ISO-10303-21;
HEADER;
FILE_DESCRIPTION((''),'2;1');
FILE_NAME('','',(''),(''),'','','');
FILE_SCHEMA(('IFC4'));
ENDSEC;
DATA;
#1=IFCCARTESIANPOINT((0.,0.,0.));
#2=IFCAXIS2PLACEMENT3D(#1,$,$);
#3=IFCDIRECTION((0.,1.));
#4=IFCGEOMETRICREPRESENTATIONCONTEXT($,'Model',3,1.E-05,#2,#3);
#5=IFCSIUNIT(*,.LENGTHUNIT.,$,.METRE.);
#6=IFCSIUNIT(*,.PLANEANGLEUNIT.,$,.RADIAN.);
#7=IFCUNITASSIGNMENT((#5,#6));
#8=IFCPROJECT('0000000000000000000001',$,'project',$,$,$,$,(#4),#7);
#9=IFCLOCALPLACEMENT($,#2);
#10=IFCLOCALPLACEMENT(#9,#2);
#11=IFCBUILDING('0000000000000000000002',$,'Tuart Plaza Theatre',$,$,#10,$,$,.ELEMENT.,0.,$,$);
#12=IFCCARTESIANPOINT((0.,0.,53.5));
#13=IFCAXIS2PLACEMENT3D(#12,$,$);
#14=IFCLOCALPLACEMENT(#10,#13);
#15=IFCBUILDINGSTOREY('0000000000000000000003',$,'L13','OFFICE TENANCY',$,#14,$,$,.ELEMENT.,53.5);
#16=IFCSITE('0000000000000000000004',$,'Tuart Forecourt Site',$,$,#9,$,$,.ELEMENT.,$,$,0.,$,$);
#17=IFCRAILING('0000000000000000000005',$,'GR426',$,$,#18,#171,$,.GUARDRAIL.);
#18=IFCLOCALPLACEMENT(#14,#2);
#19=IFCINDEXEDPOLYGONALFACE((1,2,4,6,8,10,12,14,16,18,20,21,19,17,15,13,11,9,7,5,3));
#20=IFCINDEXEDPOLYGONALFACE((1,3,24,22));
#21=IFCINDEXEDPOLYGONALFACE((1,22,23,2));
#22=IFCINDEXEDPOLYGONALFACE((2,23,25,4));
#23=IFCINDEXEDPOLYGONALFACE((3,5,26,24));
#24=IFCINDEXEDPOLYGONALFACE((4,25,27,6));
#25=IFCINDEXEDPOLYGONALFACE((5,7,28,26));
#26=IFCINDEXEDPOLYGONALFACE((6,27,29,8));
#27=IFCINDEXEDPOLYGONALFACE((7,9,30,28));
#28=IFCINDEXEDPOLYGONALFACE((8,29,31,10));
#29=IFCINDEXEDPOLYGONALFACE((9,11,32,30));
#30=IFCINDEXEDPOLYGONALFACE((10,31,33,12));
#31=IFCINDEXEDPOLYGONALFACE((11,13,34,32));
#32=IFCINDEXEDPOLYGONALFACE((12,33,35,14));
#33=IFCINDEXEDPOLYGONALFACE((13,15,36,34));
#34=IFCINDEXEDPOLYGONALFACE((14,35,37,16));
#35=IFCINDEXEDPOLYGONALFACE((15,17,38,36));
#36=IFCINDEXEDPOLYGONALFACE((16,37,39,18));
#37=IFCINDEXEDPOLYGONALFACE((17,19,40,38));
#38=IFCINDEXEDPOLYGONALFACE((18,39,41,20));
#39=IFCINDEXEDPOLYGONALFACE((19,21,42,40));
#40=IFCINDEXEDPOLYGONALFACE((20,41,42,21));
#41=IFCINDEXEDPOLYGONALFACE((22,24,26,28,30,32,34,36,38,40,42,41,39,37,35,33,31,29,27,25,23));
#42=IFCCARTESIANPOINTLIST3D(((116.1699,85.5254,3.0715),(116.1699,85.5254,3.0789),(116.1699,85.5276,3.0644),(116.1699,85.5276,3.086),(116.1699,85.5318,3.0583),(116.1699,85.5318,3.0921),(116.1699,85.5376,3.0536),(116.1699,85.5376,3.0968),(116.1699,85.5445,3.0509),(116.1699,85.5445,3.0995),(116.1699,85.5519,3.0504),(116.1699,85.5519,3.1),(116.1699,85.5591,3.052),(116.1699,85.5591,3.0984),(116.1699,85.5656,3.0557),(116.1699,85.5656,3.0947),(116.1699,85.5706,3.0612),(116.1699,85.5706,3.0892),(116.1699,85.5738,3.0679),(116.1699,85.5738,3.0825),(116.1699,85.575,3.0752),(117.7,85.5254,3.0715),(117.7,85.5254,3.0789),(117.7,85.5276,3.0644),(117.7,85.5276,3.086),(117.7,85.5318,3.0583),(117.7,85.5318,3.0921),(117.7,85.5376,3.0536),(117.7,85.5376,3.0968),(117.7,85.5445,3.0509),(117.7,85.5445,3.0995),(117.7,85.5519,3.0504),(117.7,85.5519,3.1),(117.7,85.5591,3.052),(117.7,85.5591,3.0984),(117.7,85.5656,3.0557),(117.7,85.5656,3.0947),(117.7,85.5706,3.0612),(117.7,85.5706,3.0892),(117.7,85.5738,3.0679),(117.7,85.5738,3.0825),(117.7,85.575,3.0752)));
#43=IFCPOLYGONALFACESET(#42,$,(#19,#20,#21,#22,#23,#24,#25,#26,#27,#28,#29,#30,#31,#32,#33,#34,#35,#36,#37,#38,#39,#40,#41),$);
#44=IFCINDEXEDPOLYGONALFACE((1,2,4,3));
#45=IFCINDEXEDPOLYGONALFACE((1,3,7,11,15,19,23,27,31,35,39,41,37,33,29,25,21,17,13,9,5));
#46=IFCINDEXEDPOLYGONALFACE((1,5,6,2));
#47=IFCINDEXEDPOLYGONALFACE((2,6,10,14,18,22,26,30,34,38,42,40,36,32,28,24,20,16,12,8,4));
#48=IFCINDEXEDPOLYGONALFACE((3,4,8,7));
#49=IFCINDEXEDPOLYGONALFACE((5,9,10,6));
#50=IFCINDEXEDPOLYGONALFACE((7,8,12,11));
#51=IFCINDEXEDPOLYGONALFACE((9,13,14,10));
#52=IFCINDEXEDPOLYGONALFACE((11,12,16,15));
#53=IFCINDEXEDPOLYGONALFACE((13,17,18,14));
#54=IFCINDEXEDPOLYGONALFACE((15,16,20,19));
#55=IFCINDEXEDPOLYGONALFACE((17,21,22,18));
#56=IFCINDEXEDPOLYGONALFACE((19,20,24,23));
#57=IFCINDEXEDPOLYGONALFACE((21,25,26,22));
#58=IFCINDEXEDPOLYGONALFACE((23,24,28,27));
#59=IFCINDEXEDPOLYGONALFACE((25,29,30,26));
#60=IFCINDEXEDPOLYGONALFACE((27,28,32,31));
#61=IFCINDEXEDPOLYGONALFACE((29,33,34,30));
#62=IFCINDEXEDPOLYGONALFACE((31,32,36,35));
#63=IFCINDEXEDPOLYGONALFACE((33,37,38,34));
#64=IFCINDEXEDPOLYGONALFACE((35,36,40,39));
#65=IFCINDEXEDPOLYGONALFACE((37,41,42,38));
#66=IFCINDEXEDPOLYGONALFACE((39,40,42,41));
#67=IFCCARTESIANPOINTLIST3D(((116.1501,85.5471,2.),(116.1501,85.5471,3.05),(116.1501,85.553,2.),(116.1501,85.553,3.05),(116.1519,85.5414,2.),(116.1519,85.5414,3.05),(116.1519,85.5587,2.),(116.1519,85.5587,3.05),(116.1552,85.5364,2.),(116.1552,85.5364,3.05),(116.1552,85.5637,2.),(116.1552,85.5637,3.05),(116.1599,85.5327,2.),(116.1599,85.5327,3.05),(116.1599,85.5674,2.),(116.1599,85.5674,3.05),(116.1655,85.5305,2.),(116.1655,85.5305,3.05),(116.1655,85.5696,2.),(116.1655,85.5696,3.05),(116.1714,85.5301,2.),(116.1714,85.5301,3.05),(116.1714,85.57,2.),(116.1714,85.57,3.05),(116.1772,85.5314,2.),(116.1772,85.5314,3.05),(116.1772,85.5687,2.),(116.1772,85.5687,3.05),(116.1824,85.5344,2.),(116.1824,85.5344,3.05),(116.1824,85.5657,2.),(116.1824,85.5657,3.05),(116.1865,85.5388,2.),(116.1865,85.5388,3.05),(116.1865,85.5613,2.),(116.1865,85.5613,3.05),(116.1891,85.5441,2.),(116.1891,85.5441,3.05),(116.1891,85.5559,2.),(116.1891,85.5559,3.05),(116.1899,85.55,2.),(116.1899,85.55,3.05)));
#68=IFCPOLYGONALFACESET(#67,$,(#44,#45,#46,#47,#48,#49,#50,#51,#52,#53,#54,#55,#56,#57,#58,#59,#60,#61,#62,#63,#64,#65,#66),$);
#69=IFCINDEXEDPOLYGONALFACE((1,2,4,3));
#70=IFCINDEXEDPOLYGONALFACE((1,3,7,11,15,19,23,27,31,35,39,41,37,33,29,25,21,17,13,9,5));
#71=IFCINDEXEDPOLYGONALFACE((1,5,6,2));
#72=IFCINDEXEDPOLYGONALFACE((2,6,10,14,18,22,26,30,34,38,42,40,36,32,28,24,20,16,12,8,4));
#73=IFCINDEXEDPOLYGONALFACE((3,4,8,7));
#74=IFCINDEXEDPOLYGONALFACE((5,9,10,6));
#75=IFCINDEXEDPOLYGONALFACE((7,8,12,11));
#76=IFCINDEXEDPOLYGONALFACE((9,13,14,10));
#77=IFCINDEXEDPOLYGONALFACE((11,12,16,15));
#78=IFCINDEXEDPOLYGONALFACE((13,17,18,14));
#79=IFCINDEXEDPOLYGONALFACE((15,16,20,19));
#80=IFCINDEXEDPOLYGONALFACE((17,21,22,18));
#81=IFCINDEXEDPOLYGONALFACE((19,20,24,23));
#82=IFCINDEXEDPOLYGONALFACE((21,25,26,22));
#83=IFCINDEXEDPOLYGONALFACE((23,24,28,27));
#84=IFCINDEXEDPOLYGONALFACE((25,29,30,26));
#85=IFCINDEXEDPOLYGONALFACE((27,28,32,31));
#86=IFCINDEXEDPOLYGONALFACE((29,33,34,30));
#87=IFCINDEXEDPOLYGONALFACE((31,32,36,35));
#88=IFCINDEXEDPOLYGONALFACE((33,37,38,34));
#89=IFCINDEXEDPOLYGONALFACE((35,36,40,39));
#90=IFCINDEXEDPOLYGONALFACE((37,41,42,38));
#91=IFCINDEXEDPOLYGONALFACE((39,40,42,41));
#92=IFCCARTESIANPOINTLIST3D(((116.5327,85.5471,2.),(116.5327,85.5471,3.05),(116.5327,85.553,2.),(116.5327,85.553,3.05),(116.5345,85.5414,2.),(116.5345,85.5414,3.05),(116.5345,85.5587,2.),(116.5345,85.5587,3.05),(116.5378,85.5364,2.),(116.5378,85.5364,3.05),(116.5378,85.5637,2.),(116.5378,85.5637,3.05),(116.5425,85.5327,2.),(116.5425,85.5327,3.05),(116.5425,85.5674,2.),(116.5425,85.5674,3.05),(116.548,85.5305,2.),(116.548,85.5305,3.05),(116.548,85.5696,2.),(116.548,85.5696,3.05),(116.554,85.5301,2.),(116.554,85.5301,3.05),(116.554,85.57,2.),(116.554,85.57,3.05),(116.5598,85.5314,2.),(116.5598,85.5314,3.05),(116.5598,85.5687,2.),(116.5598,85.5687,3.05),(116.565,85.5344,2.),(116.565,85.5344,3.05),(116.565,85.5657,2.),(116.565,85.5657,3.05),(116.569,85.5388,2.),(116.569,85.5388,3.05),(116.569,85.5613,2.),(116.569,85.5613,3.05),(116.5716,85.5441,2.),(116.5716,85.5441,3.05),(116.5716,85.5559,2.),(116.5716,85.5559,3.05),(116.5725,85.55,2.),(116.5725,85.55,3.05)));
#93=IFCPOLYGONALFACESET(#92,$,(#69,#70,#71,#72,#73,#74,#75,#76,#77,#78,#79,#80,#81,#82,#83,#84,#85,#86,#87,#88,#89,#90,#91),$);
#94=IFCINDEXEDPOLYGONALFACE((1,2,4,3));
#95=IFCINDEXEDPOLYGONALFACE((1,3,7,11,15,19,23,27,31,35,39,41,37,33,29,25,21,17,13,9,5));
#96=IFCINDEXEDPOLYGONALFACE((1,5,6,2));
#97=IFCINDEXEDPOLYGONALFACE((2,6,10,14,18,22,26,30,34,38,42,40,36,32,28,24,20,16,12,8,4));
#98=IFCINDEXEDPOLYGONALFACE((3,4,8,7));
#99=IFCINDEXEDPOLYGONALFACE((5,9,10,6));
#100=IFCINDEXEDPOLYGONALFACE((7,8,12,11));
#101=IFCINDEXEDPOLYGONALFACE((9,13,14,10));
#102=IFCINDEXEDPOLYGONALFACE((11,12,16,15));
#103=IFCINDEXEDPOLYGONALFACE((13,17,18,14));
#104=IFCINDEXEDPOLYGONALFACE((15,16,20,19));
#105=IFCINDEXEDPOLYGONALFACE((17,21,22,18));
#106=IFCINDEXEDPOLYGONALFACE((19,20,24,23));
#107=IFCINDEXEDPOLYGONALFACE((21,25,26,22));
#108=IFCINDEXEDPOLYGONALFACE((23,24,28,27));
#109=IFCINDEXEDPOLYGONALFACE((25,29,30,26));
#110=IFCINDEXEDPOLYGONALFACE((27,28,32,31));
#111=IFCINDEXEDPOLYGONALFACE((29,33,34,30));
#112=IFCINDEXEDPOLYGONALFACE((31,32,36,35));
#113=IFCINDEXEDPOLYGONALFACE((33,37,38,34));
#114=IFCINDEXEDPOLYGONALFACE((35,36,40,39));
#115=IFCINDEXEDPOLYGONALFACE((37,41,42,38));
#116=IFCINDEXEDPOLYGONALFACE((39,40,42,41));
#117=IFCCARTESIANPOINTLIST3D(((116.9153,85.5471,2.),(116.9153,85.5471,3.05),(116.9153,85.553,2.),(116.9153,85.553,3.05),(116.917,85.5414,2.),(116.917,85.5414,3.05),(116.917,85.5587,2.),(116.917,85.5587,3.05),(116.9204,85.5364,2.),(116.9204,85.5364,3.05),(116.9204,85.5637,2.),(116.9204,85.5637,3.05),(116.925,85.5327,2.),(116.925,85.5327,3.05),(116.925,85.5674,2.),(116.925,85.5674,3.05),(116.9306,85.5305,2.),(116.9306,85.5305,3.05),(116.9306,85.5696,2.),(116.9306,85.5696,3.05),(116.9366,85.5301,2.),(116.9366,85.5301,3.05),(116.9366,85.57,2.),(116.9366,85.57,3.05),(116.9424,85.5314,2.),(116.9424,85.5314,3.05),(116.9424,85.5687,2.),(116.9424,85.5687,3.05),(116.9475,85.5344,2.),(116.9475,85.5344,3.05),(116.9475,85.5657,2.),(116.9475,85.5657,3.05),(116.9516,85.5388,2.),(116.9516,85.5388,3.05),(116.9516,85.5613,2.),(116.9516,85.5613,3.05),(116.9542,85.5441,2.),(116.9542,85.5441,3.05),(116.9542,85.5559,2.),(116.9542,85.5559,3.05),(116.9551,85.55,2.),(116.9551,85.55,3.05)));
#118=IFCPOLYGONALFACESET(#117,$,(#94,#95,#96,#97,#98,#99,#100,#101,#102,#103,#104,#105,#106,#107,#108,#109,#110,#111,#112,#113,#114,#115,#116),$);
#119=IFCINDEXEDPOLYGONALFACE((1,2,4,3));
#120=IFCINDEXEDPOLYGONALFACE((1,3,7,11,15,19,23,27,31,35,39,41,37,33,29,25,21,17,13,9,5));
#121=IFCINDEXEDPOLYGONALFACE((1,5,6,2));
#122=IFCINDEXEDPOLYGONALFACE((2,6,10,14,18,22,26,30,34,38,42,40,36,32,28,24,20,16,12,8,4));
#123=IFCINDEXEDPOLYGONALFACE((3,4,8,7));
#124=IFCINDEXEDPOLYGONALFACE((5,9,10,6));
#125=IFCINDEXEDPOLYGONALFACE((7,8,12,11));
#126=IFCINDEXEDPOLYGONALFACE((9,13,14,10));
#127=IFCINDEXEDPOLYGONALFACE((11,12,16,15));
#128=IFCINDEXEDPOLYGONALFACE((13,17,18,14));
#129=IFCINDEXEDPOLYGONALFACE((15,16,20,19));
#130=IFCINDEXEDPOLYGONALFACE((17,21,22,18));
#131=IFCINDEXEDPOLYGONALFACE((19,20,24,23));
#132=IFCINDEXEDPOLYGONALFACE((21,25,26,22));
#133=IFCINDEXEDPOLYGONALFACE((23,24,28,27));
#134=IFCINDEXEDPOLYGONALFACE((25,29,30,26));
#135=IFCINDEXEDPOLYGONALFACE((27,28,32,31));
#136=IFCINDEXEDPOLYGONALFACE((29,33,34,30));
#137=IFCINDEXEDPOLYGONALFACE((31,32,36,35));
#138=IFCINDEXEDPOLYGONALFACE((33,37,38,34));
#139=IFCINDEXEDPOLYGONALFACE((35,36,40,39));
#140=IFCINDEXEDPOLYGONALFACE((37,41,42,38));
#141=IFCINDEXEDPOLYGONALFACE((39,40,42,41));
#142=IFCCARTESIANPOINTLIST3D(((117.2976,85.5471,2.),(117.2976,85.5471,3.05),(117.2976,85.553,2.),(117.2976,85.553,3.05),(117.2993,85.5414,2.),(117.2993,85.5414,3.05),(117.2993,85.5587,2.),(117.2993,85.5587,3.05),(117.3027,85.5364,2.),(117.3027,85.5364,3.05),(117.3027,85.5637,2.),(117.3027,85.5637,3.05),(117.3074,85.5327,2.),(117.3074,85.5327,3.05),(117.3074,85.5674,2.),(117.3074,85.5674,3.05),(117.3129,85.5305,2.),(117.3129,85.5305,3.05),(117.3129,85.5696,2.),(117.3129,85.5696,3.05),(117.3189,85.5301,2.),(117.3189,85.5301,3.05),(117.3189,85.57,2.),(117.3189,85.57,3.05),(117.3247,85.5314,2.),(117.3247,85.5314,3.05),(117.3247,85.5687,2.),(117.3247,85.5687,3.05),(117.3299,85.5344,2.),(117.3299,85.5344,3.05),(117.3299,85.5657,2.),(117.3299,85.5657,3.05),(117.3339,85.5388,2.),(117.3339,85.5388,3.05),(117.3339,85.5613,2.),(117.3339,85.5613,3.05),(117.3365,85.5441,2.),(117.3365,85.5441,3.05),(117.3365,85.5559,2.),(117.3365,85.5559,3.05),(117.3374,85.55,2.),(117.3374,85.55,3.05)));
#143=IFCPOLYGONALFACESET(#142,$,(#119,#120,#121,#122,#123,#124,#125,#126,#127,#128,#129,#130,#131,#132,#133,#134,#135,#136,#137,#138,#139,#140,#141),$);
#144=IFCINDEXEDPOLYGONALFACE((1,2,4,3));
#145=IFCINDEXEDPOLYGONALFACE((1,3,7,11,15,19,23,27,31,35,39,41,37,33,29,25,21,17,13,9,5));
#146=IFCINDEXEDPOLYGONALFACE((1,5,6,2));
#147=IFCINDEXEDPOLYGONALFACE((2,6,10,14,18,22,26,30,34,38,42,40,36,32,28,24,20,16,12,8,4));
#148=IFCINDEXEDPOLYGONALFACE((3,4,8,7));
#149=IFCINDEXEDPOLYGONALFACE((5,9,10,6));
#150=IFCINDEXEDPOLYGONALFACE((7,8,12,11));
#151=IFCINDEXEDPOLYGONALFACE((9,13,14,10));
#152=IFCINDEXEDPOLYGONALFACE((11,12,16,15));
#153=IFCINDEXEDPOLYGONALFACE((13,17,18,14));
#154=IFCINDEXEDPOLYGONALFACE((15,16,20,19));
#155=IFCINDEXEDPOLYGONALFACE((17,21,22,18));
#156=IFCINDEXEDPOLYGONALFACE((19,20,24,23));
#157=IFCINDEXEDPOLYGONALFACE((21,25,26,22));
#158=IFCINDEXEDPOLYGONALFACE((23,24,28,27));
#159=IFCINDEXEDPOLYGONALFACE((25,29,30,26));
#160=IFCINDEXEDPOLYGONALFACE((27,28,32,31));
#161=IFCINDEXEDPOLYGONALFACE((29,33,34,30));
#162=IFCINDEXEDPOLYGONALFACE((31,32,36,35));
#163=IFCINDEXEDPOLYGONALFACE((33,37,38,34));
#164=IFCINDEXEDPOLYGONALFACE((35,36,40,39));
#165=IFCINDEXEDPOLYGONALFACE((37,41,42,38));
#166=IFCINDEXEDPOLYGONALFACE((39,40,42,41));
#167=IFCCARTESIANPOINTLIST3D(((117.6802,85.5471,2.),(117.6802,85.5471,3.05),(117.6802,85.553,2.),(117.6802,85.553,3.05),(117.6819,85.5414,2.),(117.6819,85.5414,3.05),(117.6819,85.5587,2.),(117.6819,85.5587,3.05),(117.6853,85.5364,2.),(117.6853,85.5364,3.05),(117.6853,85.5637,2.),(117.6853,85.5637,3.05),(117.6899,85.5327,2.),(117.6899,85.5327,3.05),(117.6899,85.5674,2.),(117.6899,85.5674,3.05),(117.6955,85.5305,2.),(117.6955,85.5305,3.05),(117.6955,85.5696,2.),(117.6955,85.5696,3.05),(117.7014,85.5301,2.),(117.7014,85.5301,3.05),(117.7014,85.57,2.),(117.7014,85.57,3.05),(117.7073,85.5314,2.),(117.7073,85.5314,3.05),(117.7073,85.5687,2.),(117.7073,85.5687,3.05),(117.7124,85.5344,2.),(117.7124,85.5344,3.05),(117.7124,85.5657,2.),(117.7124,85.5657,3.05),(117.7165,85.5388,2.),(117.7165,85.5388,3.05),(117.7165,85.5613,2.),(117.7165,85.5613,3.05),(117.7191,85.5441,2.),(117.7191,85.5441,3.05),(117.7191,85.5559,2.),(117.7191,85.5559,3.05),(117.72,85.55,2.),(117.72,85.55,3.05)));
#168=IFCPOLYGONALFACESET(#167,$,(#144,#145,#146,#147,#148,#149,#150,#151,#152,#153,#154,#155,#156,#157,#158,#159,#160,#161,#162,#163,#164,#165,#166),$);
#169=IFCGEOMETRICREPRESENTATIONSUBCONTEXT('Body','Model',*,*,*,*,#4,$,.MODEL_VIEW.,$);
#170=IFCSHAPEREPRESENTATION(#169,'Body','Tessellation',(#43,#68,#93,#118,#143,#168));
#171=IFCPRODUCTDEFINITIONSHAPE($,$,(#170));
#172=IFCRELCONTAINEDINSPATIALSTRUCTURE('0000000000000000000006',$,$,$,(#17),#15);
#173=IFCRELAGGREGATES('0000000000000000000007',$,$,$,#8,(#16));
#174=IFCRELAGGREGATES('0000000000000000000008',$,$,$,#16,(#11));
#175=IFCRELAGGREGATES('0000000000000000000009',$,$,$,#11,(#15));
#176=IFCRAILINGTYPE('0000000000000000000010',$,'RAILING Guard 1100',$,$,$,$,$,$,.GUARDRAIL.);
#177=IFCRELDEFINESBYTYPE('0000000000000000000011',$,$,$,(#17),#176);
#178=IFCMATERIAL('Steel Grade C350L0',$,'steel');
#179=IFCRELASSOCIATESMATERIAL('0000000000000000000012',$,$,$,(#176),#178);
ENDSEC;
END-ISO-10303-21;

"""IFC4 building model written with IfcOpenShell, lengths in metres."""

from ifc_helpers import new_model, si_unit, direction, frame, origin, origin_2d, place, context, subcontext, project, spatial, circle, extrude, material, type_object, element, save


model = new_model("IFC4")

# Units and contexts
model_context = context("Model", 3, precision=1e-05, world=origin(), true_north=direction((0.0, 1.0)))
body_context = subcontext(model_context, "Body", "Model", "MODEL_VIEW")
ifc_project = project(units=[si_unit("LENGTHUNIT", "METRE"), si_unit("PLANEANGLEUNIT", "RADIAN")], contexts=[model_context])

# Site, building, storey
site_placement = place(None, origin())
site = spatial("IfcSite", under=ifc_project, at=site_placement, Name="Tuart Forecourt Site", CompositionType="ELEMENT", RefElevation=0.0)
building_placement = place(site_placement, origin())
building = spatial("IfcBuilding", under=site, at=building_placement, Name="Tuart Plaza Theatre", CompositionType="ELEMENT", ElevationOfRefHeight=0.0)
storey_placement = place(building_placement, frame((0.0, 0.0, 53.5)))
storey = spatial("IfcBuildingStorey", under=building, at=storey_placement, Name="L13", Description="OFFICE TENANCY", CompositionType="ELEMENT", Elevation=53.5)

# Railing
ifc_material_1 = material(Name="Steel Grade C350L0", Category="steel")
railing_type_1 = type_object("IfcRailingType", Name="RAILING Guard 1100", PredefinedType="GUARDRAIL", material=ifc_material_1)
railing_1_placement = place(storey_placement, frame((116.1699, 85.55, 2.0)))
element("IfcRailing", 1, at=railing_1_placement, inside=storey, type_object=railing_type_1, Name="GR426", PredefinedType="GUARDRAIL", context=body_context, shape_type="SweptSolid", body=[
    extrude(circle(Radius=0.0249, at=origin_2d()), frame((0.0, 0.0, 1.0752), z_axis=(1.0, 0.0, 0.0), x_axis=(0.0, 1.0, 0.0)), (0.0, 0.0, 1.0), 1.53),
    extrude(circle(Radius=0.02, at=origin_2d()), origin(), (0.0, 0.0, 1.0), 1.05),
    extrude(circle(Radius=0.02, at=origin_2d()), frame((0.3826, 0.0, 0.0)), (0.0, 0.0, 1.0), 1.05),
    extrude(circle(Radius=0.02, at=origin_2d()), frame((0.7651, 0.0, 0.0)), (0.0, 0.0, 1.0), 1.05),
    extrude(circle(Radius=0.02, at=origin_2d()), frame((1.1475, 0.0, 0.0)), (0.0, 0.0, 1.0), 1.05),
    extrude(circle(Radius=0.02, at=origin_2d()), frame((1.53, 0.0, 0.0)), (0.0, 0.0, 1.0), 1.05),
])

save(model, "model.ifc")
